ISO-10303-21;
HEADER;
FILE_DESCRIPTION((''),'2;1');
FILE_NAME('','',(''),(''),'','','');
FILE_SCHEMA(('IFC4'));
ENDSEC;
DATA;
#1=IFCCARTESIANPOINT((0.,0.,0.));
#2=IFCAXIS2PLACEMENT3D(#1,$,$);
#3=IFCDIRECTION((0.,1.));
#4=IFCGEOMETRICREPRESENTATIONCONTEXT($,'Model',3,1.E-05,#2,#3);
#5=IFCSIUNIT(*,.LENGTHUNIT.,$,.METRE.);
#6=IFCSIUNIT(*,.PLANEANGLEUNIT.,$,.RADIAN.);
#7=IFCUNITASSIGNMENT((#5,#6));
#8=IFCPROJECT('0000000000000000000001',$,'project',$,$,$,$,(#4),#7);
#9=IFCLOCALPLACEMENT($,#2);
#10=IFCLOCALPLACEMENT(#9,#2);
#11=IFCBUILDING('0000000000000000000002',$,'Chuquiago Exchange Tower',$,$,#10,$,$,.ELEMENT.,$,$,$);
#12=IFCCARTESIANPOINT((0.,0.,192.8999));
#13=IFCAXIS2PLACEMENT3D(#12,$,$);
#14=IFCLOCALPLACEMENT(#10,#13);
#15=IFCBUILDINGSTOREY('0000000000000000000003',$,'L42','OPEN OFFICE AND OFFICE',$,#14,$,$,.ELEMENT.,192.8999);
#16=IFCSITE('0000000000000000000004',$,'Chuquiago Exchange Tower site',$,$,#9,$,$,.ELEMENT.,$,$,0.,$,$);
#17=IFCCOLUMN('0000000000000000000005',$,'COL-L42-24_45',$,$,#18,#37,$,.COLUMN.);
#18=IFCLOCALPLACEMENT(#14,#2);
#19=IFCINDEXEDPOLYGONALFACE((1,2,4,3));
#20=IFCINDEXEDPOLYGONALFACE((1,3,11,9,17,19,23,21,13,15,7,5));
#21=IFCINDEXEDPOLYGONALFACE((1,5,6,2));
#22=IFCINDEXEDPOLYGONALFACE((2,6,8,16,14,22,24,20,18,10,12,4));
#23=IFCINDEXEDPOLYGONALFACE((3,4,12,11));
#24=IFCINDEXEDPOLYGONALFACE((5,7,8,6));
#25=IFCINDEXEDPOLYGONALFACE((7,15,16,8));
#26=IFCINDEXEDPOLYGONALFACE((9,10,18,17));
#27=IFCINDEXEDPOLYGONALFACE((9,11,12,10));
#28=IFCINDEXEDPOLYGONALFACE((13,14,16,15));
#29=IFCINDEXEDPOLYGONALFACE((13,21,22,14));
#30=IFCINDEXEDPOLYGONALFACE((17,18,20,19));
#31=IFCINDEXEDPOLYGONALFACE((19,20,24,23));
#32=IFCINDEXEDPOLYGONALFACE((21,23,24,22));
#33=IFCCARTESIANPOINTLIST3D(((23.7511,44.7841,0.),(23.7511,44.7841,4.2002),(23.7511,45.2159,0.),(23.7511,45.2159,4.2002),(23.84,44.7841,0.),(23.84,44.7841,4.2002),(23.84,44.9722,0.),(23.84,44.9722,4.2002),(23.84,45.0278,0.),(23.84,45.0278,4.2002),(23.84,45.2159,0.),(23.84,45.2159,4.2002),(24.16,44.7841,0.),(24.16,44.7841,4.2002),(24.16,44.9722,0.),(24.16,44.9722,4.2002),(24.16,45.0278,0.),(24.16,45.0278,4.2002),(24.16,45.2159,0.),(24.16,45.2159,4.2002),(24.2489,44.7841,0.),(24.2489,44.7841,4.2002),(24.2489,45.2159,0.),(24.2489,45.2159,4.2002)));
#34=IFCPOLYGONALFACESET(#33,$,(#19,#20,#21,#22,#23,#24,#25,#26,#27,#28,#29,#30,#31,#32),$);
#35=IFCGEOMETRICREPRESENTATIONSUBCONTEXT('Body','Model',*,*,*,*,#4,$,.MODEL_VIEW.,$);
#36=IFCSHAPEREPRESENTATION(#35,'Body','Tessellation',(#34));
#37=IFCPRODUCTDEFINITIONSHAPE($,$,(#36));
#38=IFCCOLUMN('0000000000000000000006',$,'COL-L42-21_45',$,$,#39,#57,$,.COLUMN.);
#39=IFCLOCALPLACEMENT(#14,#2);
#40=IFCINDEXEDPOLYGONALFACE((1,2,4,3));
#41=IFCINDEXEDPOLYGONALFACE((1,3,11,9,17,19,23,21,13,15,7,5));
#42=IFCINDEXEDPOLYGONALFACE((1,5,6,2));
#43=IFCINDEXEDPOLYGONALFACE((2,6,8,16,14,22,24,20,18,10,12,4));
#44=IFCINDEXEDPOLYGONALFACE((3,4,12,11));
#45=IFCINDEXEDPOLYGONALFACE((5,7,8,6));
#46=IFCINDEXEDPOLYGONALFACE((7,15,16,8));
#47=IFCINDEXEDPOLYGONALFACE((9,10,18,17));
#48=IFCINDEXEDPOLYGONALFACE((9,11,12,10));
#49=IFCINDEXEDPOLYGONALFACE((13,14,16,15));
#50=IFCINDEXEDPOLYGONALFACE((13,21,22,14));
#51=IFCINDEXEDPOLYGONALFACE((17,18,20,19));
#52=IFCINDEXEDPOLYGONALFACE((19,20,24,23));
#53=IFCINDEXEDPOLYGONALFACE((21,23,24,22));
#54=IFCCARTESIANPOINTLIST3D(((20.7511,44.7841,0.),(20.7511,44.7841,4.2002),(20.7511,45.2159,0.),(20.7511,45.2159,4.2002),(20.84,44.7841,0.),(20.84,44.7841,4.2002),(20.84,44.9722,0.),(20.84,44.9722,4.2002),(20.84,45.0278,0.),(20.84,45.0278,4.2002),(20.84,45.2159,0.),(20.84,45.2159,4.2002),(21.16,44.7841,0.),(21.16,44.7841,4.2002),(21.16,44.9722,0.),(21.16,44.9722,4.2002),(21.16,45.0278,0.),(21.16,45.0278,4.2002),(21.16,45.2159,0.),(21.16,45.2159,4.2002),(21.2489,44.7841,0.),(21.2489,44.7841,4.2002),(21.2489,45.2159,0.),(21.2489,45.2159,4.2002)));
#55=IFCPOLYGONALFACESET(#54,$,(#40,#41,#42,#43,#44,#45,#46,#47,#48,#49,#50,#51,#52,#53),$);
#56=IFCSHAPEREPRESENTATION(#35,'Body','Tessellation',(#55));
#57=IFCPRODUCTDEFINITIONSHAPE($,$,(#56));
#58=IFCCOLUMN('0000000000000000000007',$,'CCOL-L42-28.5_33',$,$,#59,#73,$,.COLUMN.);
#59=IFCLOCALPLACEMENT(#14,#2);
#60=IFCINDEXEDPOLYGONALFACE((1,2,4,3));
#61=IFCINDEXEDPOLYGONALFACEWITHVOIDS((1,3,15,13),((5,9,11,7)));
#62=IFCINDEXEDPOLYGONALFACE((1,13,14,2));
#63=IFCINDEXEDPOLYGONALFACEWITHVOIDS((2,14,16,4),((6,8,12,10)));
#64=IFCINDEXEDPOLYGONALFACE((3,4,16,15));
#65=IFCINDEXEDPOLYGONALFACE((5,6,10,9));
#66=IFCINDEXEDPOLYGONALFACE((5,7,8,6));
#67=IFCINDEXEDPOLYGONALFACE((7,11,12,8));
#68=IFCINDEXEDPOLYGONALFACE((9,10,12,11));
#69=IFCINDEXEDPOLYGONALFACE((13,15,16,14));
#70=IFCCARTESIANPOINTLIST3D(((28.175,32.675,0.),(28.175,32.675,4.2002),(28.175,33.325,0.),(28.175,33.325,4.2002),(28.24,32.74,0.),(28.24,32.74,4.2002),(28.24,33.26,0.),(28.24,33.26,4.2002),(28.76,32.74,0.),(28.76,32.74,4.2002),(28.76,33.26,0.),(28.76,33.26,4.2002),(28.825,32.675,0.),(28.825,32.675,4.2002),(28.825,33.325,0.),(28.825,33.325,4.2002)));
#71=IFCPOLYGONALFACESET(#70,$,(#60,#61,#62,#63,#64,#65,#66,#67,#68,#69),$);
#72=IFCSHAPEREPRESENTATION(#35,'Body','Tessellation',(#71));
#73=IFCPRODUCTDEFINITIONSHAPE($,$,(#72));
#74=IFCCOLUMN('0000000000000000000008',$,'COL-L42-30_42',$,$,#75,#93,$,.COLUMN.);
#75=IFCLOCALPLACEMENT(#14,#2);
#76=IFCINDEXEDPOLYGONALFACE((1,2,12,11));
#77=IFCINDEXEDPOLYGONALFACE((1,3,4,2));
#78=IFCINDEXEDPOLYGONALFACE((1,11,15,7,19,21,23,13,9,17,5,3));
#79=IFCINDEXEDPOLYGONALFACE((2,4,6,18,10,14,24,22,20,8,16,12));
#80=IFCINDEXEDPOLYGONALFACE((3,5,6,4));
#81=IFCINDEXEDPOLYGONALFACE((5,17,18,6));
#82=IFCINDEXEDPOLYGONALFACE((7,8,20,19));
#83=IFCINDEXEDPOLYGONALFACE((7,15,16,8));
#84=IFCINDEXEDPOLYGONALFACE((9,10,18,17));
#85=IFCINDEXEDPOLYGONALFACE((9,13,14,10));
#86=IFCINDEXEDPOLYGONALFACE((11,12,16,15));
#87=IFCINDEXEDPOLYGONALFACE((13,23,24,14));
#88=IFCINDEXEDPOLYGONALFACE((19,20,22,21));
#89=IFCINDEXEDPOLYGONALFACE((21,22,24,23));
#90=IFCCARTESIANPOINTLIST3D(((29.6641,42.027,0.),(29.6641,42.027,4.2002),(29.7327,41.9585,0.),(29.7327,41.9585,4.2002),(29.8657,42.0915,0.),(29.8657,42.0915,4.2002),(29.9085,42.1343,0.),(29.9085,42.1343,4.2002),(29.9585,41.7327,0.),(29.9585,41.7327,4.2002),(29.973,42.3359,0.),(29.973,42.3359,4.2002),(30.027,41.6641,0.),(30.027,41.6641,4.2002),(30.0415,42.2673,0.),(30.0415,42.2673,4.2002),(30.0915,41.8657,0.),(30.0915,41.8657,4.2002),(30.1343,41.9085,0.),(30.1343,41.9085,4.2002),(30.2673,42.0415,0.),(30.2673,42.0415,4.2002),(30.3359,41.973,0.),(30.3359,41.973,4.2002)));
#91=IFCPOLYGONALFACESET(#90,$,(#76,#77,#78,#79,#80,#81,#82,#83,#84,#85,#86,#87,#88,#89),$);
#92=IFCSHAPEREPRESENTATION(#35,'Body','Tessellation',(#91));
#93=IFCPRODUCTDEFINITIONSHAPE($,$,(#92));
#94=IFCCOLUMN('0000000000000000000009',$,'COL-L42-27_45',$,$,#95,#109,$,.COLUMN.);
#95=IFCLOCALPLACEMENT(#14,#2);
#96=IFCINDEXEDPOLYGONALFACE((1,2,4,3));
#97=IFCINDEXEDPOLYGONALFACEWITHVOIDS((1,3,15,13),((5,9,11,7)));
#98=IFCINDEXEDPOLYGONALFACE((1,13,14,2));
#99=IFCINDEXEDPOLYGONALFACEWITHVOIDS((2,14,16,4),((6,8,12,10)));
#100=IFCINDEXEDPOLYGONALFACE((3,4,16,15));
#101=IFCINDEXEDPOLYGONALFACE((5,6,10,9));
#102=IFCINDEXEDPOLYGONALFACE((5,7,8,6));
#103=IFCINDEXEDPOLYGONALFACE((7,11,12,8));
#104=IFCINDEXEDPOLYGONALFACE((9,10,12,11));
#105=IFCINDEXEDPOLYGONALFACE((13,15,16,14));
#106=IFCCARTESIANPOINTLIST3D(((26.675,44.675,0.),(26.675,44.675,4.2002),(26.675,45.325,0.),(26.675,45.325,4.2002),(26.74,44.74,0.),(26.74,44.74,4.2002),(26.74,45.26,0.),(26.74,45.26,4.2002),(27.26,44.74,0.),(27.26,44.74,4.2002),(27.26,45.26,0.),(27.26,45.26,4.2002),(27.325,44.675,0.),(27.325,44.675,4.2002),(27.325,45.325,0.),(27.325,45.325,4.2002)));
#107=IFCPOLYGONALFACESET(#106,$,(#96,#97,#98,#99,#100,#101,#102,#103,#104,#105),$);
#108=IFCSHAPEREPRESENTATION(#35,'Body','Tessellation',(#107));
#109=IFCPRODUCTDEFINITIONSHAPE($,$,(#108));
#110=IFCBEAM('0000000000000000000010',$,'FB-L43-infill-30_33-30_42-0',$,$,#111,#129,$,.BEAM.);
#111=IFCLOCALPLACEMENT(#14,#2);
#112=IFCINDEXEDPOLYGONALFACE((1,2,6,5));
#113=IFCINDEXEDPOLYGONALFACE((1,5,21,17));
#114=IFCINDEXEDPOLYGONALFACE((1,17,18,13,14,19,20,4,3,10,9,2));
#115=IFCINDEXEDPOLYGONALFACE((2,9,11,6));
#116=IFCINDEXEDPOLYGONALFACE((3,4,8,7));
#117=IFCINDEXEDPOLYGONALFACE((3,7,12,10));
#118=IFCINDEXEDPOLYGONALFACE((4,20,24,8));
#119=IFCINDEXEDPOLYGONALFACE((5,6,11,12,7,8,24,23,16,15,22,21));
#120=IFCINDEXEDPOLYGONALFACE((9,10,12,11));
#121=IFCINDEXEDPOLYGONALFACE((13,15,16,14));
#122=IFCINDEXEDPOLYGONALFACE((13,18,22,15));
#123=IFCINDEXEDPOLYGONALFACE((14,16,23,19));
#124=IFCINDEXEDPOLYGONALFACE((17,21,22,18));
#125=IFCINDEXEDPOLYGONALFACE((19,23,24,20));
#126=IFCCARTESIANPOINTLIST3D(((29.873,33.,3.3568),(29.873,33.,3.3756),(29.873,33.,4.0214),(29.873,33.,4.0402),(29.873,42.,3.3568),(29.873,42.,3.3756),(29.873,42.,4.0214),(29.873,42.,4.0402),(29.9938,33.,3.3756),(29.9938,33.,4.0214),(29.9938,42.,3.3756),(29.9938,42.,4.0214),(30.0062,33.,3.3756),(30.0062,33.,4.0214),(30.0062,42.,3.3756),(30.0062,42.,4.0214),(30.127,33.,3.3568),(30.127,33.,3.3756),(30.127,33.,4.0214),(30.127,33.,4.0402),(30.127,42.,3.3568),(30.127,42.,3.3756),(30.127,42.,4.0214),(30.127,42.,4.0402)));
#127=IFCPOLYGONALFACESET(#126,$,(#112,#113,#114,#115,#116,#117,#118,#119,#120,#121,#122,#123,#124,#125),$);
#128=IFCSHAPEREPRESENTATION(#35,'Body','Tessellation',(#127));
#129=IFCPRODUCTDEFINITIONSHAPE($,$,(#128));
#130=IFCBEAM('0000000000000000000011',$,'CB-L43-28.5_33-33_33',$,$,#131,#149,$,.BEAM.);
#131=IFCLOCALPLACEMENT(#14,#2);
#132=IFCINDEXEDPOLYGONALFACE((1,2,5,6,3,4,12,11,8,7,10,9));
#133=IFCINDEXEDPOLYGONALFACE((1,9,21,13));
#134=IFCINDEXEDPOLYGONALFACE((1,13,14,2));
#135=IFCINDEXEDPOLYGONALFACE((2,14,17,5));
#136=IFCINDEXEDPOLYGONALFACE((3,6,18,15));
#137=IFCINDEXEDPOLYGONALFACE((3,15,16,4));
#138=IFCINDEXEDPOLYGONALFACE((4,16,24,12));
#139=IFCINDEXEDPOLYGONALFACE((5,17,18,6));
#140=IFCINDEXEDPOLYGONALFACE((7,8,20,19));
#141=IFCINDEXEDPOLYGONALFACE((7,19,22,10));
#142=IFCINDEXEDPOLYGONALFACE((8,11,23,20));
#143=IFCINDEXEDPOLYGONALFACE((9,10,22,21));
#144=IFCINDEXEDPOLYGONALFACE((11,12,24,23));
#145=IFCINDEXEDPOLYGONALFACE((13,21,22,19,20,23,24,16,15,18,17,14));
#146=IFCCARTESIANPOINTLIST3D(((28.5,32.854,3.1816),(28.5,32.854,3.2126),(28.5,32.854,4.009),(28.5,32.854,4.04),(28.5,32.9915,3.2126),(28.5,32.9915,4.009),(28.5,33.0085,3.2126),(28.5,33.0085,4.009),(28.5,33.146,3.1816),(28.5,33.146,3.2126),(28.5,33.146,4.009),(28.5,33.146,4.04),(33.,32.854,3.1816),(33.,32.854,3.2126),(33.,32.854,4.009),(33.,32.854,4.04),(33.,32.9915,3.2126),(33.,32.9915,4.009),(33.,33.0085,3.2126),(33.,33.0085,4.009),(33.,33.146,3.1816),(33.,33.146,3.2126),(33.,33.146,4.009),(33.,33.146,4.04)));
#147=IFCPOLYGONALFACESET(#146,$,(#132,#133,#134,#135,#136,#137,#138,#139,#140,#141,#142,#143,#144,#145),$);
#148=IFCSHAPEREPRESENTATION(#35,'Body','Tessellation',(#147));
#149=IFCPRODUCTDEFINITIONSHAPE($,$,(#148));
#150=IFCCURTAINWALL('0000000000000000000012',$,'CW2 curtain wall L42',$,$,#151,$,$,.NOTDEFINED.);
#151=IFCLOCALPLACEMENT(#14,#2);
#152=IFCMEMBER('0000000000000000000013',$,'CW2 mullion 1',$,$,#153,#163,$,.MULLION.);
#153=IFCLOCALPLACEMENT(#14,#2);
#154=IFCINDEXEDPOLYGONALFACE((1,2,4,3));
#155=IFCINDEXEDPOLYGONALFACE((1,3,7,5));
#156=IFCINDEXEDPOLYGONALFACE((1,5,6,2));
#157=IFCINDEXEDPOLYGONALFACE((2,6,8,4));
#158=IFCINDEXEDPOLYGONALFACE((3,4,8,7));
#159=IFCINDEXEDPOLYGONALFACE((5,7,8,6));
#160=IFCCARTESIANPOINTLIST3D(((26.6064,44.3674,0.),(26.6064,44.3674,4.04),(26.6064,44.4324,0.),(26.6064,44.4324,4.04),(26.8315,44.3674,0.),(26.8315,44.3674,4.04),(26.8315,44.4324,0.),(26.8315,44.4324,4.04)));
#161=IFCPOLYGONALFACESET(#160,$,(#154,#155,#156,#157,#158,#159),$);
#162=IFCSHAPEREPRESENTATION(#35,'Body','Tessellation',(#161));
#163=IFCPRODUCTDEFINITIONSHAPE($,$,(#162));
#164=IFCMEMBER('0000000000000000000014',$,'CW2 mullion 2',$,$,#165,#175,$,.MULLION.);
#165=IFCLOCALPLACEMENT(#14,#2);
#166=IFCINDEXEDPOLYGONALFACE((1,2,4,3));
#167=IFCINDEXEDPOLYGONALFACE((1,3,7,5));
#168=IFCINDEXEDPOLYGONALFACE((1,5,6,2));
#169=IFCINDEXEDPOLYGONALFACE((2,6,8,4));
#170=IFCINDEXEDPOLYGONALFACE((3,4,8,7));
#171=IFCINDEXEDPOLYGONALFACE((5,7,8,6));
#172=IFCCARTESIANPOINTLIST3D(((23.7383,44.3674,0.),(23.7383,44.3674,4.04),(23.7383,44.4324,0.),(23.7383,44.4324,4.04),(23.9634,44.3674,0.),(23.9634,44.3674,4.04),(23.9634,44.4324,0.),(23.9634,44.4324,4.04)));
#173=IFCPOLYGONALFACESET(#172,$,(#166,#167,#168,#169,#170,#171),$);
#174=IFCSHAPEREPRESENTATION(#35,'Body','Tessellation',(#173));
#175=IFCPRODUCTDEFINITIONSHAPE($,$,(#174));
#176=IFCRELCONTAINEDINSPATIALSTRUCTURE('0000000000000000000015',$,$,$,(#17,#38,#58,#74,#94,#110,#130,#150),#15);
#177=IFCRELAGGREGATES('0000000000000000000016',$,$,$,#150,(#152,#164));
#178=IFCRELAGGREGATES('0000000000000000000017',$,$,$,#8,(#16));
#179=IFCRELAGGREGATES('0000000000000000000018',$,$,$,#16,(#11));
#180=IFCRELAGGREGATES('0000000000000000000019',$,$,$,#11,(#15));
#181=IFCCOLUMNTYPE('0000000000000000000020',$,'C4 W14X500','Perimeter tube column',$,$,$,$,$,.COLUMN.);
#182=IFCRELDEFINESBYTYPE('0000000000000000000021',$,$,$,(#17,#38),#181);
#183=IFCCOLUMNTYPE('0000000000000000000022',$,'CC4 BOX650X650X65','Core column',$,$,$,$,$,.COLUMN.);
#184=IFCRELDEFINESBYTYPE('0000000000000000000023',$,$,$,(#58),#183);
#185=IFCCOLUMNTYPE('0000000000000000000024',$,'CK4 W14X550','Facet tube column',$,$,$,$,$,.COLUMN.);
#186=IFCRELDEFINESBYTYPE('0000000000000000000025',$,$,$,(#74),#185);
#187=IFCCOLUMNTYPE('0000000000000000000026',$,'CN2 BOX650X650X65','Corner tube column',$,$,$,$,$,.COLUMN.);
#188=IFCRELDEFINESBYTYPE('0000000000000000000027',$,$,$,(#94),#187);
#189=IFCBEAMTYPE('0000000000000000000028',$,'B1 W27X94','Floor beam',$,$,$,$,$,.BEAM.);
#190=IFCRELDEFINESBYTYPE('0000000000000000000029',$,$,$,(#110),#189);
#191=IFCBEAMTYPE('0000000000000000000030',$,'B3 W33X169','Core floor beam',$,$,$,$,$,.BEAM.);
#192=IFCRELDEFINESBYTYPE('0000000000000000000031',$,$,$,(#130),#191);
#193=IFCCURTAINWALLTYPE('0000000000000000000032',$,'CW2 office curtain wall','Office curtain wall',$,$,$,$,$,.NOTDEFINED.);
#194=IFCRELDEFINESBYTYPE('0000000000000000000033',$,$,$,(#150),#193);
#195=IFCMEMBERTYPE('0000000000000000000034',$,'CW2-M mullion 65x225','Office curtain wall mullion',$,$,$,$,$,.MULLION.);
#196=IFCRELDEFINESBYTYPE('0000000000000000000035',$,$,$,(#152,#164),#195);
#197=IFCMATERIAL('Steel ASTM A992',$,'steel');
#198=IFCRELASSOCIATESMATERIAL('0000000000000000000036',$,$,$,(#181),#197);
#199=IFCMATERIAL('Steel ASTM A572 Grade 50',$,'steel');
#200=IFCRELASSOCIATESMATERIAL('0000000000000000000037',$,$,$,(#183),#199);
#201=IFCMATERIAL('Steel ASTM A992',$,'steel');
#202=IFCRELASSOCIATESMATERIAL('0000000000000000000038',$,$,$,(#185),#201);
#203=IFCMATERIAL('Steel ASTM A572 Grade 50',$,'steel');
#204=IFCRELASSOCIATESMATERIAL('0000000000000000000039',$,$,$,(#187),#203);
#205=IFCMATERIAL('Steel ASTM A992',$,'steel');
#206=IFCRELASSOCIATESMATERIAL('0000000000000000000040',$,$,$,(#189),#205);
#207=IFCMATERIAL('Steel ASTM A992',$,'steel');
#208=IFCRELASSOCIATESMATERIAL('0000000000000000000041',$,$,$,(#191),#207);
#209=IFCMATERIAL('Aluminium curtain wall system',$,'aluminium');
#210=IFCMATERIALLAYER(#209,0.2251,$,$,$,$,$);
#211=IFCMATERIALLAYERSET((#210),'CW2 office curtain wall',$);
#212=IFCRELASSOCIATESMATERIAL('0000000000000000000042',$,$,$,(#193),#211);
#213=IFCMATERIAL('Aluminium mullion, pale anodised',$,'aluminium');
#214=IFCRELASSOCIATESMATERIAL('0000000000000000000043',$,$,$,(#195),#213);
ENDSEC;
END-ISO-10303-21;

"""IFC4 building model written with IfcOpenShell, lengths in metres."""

from ifc_helpers import new_model, si_unit, direction, frame, origin, origin_2d, place, context, subcontext, project, spatial, rectangle, hollow_rectangle, i_section, extrude, material, layer, layer_set, material_profile, profile_set, type_object, element, aggregate, save


model = new_model("IFC4")

# Units and contexts
model_context = context("Model", 3, precision=1e-05, world=origin(), true_north=direction((0.0, 1.0)))
body_context = subcontext(model_context, "Body", "Model", "MODEL_VIEW")
ifc_project = project(units=[si_unit("LENGTHUNIT", "METRE"), si_unit("PLANEANGLEUNIT", "RADIAN")], contexts=[model_context])

# Site, building, storey
site_placement = place(None, origin())
site = spatial("IfcSite", under=ifc_project, at=site_placement, Name="Chuquiago Exchange Tower site", CompositionType="ELEMENT", RefElevation=0.0)
building_placement = place(site_placement, origin())
building = spatial("IfcBuilding", under=site, at=building_placement, Name="Chuquiago Exchange Tower", CompositionType="ELEMENT")
storey_placement = place(building_placement, frame((0.0, 0.0, 192.8999)))
storey = spatial("IfcBuildingStorey", under=building, at=storey_placement, Name="L42", Description="OPEN OFFICE AND OFFICE", CompositionType="ELEMENT", Elevation=192.8999)

# Columns
ifc_material_1 = material(Name="Steel ASTM A992", Category="steel")
ifc_material_profile_1 = material_profile(ifc_material_1, i_section(OverallWidth=0.4319, OverallDepth=0.4978, WebThickness=0.0557, FlangeThickness=0.0889, at=origin_2d()), Name="W14X500")
ifc_profile_set_1 = profile_set([ifc_material_profile_1], Name="Steel ASTM A992")
column_type_1 = type_object("IfcColumnType", Name="C4 W14X500", Description="Perimeter tube column", PredefinedType="COLUMN", material=ifc_profile_set_1)
for number, where, z_axis, x_axis, name in (
    (1, (24.0, 45.0, 0.0), (0.0, 0.0, 1.0), (0.0, 1.0, 0.0), "COL-L42-24_45"),
    (2, (21.0, 45.0, 0.0), (0.0, 0.0, 1.0), (0.0, 1.0, 0.0), "COL-L42-21_45"),
):
    element("IfcColumn", number, at=place(storey_placement, frame(where, z_axis=z_axis, x_axis=x_axis)), inside=storey, type_object=column_type_1, Name=name, PredefinedType="COLUMN", context=body_context, shape_type="SweptSolid", body=[
        extrude(i_section(OverallWidth=0.4319, OverallDepth=0.4978, WebThickness=0.0557, FlangeThickness=0.0889, at=origin_2d()), origin(), (0.0, 0.0, 1.0), 4.2002),
    ])
ifc_material_2 = material(Name="Steel ASTM A572 Grade 50", Category="steel")
ifc_material_profile_2 = material_profile(ifc_material_2, hollow_rectangle(XDim=0.6499, YDim=0.6499, WallThickness=0.0649, at=origin_2d()), Name="BOX650X650X65")
ifc_profile_set_2 = profile_set([ifc_material_profile_2], Name="Steel ASTM A572 Grade 50")
column_type_2 = type_object("IfcColumnType", Name="CC4 BOX650X650X65", Description="Core column", PredefinedType="COLUMN", material=ifc_profile_set_2)
column_1_placement = place(storey_placement, frame((28.5, 33.0, 0.0), z_axis=(0.0, 0.0, 1.0), x_axis=(1.0, 0.0, 0.0)))
element("IfcColumn", 3, at=column_1_placement, inside=storey, type_object=column_type_2, Name="CCOL-L42-28.5_33", PredefinedType="COLUMN", context=body_context, shape_type="SweptSolid", body=[
    extrude(hollow_rectangle(XDim=0.6499, YDim=0.6499, WallThickness=0.0649, at=origin_2d()), origin(), (0.0, 0.0, 1.0), 4.2002),
])
ifc_material_3 = material(Name="Steel ASTM A992", Category="steel")
ifc_material_profile_3 = material_profile(ifc_material_3, i_section(OverallWidth=0.4368, OverallDepth=0.5132, WebThickness=0.0605, FlangeThickness=0.0969, at=origin_2d()), Name="W14X550")
ifc_profile_set_3 = profile_set([ifc_material_profile_3], Name="Steel ASTM A992")
column_type_3 = type_object("IfcColumnType", Name="CK4 W14X550", Description="Facet tube column", PredefinedType="COLUMN", material=ifc_profile_set_3)
column_2_placement = place(storey_placement, frame((30.0, 42.0, 0.0), z_axis=(0.0, 0.0, 1.0), x_axis=(0.707107, 0.707107, 0.0)))
element("IfcColumn", 4, at=column_2_placement, inside=storey, type_object=column_type_3, Name="COL-L42-30_42", PredefinedType="COLUMN", context=body_context, shape_type="SweptSolid", body=[
    extrude(i_section(OverallWidth=0.4368, OverallDepth=0.5132, WebThickness=0.0605, FlangeThickness=0.0969, at=origin_2d()), origin(), (0.0, 0.0, 1.0), 4.2002),
])
ifc_material_4 = material(Name="Steel ASTM A572 Grade 50", Category="steel")
ifc_material_profile_4 = material_profile(ifc_material_4, hollow_rectangle(XDim=0.6499, YDim=0.6499, WallThickness=0.0649, at=origin_2d()), Name="BOX650X650X65")
ifc_profile_set_4 = profile_set([ifc_material_profile_4], Name="Steel ASTM A572 Grade 50")
column_type_4 = type_object("IfcColumnType", Name="CN2 BOX650X650X65", Description="Corner tube column", PredefinedType="COLUMN", material=ifc_profile_set_4)
column_3_placement = place(storey_placement, frame((27.0, 45.0, 0.0), z_axis=(0.0, 0.0, 1.0), x_axis=(0.0, 1.0, 0.0)))
element("IfcColumn", 5, at=column_3_placement, inside=storey, type_object=column_type_4, Name="COL-L42-27_45", PredefinedType="COLUMN", context=body_context, shape_type="SweptSolid", body=[
    extrude(hollow_rectangle(XDim=0.6499, YDim=0.6499, WallThickness=0.0649, at=origin_2d()), origin(), (0.0, 0.0, 1.0), 4.2002),
])

# Beams
ifc_material_5 = material(Name="Steel ASTM A992", Category="steel")
ifc_material_profile_5 = material_profile(ifc_material_5, i_section(OverallWidth=0.2539, OverallDepth=0.6833, WebThickness=0.0125, FlangeThickness=0.0188, at=origin_2d()), Name="W27X94")
ifc_profile_set_5 = profile_set([ifc_material_profile_5], Name="Steel ASTM A992")
beam_type_1 = type_object("IfcBeamType", Name="B1 W27X94", Description="Floor beam", PredefinedType="BEAM", material=ifc_profile_set_5)
beam_1_placement = place(storey_placement, frame((30.0, 33.0, 3.6985), z_axis=(0.0, 1.0, 0.0), x_axis=(-1.0, 0.0, 0.0)))
element("IfcBeam", 6, at=beam_1_placement, inside=storey, type_object=beam_type_1, Name="FB-L43-infill-30_33-30_42-0", PredefinedType="BEAM", context=body_context, shape_type="SweptSolid", body=[
    extrude(i_section(OverallWidth=0.2539, OverallDepth=0.6833, WebThickness=0.0125, FlangeThickness=0.0188, at=origin_2d()), origin(), (0.0, 0.0, 1.0), 9.0),
])
ifc_material_6 = material(Name="Steel ASTM A992", Category="steel")
ifc_material_profile_6 = material_profile(ifc_material_6, i_section(OverallWidth=0.292, OverallDepth=0.8584, WebThickness=0.0171, FlangeThickness=0.031, at=origin_2d()), Name="W33X169")
ifc_profile_set_6 = profile_set([ifc_material_profile_6], Name="Steel ASTM A992")
beam_type_2 = type_object("IfcBeamType", Name="B3 W33X169", Description="Core floor beam", PredefinedType="BEAM", material=ifc_profile_set_6)
beam_2_placement = place(storey_placement, frame((28.5, 33.0, 3.6108), z_axis=(1.0, 0.0, 0.0), x_axis=(0.0, 1.0, 0.0)))
element("IfcBeam", 7, at=beam_2_placement, inside=storey, type_object=beam_type_2, Name="CB-L43-28.5_33-33_33", PredefinedType="BEAM", context=body_context, shape_type="SweptSolid", body=[
    extrude(i_section(OverallWidth=0.292, OverallDepth=0.8584, WebThickness=0.0171, FlangeThickness=0.031, at=origin_2d()), origin(), (0.0, 0.0, 1.0), 4.5),
])

# Curtain wall, members
ifc_material_7 = material(Name="Aluminium curtain wall system", Category="aluminium")
ifc_layer_1 = layer(ifc_material_7, 0.2251)
ifc_layer_set_1 = layer_set([ifc_layer_1], Name="CW2 office curtain wall")
curtain_wall_type_1 = type_object("IfcCurtainWallType", Name="CW2 office curtain wall", Description="Office curtain wall", PredefinedType="NOTDEFINED", material=ifc_layer_set_1)
curtain_wall_1_placement = place(storey_placement, origin())
curtain_wall_1 = element("IfcCurtainWall", 8, at=curtain_wall_1_placement, inside=storey, type_object=curtain_wall_type_1, Name="CW2 curtain wall L42", PredefinedType="NOTDEFINED")
ifc_material_8 = material(Name="Aluminium mullion, pale anodised", Category="aluminium")
ifc_material_profile_7 = material_profile(ifc_material_8, rectangle(XDim=0.0649, YDim=0.2251, at=origin_2d()), Name="AL 65x225")
ifc_profile_set_7 = profile_set([ifc_material_profile_7], Name="Aluminium mullion, pale anodised")
member_type_1 = type_object("IfcMemberType", Name="CW2-M mullion 65x225", Description="Office curtain wall mullion", PredefinedType="MULLION", material=ifc_profile_set_7)
member_1_placement = place(storey_placement, frame((26.719, 44.3999, 0.0), z_axis=(0.0, 0.0, 1.0), x_axis=(0.0, -1.0, 0.0)))
member_1 = element("IfcMember", 9, at=member_1_placement, type_object=member_type_1, Name="CW2 mullion 1", PredefinedType="MULLION", context=body_context, shape_type="SweptSolid", body=[
    extrude(rectangle(XDim=0.0649, YDim=0.2251, at=origin_2d()), origin(), (0.0, 0.0, 1.0), 4.04),
])
member_2_placement = place(storey_placement, frame((23.8508, 44.3999, 0.0), z_axis=(0.0, 0.0, 1.0), x_axis=(0.0, -1.0, 0.0)))
member_2 = element("IfcMember", 10, at=member_2_placement, type_object=member_type_1, Name="CW2 mullion 2", PredefinedType="MULLION", context=body_context, shape_type="SweptSolid", body=[
    extrude(rectangle(XDim=0.0649, YDim=0.2251, at=origin_2d()), origin(), (0.0, 0.0, 1.0), 4.04),
])

aggregate(curtain_wall_1, [member_1, member_2])

save(model, "model.ifc")
